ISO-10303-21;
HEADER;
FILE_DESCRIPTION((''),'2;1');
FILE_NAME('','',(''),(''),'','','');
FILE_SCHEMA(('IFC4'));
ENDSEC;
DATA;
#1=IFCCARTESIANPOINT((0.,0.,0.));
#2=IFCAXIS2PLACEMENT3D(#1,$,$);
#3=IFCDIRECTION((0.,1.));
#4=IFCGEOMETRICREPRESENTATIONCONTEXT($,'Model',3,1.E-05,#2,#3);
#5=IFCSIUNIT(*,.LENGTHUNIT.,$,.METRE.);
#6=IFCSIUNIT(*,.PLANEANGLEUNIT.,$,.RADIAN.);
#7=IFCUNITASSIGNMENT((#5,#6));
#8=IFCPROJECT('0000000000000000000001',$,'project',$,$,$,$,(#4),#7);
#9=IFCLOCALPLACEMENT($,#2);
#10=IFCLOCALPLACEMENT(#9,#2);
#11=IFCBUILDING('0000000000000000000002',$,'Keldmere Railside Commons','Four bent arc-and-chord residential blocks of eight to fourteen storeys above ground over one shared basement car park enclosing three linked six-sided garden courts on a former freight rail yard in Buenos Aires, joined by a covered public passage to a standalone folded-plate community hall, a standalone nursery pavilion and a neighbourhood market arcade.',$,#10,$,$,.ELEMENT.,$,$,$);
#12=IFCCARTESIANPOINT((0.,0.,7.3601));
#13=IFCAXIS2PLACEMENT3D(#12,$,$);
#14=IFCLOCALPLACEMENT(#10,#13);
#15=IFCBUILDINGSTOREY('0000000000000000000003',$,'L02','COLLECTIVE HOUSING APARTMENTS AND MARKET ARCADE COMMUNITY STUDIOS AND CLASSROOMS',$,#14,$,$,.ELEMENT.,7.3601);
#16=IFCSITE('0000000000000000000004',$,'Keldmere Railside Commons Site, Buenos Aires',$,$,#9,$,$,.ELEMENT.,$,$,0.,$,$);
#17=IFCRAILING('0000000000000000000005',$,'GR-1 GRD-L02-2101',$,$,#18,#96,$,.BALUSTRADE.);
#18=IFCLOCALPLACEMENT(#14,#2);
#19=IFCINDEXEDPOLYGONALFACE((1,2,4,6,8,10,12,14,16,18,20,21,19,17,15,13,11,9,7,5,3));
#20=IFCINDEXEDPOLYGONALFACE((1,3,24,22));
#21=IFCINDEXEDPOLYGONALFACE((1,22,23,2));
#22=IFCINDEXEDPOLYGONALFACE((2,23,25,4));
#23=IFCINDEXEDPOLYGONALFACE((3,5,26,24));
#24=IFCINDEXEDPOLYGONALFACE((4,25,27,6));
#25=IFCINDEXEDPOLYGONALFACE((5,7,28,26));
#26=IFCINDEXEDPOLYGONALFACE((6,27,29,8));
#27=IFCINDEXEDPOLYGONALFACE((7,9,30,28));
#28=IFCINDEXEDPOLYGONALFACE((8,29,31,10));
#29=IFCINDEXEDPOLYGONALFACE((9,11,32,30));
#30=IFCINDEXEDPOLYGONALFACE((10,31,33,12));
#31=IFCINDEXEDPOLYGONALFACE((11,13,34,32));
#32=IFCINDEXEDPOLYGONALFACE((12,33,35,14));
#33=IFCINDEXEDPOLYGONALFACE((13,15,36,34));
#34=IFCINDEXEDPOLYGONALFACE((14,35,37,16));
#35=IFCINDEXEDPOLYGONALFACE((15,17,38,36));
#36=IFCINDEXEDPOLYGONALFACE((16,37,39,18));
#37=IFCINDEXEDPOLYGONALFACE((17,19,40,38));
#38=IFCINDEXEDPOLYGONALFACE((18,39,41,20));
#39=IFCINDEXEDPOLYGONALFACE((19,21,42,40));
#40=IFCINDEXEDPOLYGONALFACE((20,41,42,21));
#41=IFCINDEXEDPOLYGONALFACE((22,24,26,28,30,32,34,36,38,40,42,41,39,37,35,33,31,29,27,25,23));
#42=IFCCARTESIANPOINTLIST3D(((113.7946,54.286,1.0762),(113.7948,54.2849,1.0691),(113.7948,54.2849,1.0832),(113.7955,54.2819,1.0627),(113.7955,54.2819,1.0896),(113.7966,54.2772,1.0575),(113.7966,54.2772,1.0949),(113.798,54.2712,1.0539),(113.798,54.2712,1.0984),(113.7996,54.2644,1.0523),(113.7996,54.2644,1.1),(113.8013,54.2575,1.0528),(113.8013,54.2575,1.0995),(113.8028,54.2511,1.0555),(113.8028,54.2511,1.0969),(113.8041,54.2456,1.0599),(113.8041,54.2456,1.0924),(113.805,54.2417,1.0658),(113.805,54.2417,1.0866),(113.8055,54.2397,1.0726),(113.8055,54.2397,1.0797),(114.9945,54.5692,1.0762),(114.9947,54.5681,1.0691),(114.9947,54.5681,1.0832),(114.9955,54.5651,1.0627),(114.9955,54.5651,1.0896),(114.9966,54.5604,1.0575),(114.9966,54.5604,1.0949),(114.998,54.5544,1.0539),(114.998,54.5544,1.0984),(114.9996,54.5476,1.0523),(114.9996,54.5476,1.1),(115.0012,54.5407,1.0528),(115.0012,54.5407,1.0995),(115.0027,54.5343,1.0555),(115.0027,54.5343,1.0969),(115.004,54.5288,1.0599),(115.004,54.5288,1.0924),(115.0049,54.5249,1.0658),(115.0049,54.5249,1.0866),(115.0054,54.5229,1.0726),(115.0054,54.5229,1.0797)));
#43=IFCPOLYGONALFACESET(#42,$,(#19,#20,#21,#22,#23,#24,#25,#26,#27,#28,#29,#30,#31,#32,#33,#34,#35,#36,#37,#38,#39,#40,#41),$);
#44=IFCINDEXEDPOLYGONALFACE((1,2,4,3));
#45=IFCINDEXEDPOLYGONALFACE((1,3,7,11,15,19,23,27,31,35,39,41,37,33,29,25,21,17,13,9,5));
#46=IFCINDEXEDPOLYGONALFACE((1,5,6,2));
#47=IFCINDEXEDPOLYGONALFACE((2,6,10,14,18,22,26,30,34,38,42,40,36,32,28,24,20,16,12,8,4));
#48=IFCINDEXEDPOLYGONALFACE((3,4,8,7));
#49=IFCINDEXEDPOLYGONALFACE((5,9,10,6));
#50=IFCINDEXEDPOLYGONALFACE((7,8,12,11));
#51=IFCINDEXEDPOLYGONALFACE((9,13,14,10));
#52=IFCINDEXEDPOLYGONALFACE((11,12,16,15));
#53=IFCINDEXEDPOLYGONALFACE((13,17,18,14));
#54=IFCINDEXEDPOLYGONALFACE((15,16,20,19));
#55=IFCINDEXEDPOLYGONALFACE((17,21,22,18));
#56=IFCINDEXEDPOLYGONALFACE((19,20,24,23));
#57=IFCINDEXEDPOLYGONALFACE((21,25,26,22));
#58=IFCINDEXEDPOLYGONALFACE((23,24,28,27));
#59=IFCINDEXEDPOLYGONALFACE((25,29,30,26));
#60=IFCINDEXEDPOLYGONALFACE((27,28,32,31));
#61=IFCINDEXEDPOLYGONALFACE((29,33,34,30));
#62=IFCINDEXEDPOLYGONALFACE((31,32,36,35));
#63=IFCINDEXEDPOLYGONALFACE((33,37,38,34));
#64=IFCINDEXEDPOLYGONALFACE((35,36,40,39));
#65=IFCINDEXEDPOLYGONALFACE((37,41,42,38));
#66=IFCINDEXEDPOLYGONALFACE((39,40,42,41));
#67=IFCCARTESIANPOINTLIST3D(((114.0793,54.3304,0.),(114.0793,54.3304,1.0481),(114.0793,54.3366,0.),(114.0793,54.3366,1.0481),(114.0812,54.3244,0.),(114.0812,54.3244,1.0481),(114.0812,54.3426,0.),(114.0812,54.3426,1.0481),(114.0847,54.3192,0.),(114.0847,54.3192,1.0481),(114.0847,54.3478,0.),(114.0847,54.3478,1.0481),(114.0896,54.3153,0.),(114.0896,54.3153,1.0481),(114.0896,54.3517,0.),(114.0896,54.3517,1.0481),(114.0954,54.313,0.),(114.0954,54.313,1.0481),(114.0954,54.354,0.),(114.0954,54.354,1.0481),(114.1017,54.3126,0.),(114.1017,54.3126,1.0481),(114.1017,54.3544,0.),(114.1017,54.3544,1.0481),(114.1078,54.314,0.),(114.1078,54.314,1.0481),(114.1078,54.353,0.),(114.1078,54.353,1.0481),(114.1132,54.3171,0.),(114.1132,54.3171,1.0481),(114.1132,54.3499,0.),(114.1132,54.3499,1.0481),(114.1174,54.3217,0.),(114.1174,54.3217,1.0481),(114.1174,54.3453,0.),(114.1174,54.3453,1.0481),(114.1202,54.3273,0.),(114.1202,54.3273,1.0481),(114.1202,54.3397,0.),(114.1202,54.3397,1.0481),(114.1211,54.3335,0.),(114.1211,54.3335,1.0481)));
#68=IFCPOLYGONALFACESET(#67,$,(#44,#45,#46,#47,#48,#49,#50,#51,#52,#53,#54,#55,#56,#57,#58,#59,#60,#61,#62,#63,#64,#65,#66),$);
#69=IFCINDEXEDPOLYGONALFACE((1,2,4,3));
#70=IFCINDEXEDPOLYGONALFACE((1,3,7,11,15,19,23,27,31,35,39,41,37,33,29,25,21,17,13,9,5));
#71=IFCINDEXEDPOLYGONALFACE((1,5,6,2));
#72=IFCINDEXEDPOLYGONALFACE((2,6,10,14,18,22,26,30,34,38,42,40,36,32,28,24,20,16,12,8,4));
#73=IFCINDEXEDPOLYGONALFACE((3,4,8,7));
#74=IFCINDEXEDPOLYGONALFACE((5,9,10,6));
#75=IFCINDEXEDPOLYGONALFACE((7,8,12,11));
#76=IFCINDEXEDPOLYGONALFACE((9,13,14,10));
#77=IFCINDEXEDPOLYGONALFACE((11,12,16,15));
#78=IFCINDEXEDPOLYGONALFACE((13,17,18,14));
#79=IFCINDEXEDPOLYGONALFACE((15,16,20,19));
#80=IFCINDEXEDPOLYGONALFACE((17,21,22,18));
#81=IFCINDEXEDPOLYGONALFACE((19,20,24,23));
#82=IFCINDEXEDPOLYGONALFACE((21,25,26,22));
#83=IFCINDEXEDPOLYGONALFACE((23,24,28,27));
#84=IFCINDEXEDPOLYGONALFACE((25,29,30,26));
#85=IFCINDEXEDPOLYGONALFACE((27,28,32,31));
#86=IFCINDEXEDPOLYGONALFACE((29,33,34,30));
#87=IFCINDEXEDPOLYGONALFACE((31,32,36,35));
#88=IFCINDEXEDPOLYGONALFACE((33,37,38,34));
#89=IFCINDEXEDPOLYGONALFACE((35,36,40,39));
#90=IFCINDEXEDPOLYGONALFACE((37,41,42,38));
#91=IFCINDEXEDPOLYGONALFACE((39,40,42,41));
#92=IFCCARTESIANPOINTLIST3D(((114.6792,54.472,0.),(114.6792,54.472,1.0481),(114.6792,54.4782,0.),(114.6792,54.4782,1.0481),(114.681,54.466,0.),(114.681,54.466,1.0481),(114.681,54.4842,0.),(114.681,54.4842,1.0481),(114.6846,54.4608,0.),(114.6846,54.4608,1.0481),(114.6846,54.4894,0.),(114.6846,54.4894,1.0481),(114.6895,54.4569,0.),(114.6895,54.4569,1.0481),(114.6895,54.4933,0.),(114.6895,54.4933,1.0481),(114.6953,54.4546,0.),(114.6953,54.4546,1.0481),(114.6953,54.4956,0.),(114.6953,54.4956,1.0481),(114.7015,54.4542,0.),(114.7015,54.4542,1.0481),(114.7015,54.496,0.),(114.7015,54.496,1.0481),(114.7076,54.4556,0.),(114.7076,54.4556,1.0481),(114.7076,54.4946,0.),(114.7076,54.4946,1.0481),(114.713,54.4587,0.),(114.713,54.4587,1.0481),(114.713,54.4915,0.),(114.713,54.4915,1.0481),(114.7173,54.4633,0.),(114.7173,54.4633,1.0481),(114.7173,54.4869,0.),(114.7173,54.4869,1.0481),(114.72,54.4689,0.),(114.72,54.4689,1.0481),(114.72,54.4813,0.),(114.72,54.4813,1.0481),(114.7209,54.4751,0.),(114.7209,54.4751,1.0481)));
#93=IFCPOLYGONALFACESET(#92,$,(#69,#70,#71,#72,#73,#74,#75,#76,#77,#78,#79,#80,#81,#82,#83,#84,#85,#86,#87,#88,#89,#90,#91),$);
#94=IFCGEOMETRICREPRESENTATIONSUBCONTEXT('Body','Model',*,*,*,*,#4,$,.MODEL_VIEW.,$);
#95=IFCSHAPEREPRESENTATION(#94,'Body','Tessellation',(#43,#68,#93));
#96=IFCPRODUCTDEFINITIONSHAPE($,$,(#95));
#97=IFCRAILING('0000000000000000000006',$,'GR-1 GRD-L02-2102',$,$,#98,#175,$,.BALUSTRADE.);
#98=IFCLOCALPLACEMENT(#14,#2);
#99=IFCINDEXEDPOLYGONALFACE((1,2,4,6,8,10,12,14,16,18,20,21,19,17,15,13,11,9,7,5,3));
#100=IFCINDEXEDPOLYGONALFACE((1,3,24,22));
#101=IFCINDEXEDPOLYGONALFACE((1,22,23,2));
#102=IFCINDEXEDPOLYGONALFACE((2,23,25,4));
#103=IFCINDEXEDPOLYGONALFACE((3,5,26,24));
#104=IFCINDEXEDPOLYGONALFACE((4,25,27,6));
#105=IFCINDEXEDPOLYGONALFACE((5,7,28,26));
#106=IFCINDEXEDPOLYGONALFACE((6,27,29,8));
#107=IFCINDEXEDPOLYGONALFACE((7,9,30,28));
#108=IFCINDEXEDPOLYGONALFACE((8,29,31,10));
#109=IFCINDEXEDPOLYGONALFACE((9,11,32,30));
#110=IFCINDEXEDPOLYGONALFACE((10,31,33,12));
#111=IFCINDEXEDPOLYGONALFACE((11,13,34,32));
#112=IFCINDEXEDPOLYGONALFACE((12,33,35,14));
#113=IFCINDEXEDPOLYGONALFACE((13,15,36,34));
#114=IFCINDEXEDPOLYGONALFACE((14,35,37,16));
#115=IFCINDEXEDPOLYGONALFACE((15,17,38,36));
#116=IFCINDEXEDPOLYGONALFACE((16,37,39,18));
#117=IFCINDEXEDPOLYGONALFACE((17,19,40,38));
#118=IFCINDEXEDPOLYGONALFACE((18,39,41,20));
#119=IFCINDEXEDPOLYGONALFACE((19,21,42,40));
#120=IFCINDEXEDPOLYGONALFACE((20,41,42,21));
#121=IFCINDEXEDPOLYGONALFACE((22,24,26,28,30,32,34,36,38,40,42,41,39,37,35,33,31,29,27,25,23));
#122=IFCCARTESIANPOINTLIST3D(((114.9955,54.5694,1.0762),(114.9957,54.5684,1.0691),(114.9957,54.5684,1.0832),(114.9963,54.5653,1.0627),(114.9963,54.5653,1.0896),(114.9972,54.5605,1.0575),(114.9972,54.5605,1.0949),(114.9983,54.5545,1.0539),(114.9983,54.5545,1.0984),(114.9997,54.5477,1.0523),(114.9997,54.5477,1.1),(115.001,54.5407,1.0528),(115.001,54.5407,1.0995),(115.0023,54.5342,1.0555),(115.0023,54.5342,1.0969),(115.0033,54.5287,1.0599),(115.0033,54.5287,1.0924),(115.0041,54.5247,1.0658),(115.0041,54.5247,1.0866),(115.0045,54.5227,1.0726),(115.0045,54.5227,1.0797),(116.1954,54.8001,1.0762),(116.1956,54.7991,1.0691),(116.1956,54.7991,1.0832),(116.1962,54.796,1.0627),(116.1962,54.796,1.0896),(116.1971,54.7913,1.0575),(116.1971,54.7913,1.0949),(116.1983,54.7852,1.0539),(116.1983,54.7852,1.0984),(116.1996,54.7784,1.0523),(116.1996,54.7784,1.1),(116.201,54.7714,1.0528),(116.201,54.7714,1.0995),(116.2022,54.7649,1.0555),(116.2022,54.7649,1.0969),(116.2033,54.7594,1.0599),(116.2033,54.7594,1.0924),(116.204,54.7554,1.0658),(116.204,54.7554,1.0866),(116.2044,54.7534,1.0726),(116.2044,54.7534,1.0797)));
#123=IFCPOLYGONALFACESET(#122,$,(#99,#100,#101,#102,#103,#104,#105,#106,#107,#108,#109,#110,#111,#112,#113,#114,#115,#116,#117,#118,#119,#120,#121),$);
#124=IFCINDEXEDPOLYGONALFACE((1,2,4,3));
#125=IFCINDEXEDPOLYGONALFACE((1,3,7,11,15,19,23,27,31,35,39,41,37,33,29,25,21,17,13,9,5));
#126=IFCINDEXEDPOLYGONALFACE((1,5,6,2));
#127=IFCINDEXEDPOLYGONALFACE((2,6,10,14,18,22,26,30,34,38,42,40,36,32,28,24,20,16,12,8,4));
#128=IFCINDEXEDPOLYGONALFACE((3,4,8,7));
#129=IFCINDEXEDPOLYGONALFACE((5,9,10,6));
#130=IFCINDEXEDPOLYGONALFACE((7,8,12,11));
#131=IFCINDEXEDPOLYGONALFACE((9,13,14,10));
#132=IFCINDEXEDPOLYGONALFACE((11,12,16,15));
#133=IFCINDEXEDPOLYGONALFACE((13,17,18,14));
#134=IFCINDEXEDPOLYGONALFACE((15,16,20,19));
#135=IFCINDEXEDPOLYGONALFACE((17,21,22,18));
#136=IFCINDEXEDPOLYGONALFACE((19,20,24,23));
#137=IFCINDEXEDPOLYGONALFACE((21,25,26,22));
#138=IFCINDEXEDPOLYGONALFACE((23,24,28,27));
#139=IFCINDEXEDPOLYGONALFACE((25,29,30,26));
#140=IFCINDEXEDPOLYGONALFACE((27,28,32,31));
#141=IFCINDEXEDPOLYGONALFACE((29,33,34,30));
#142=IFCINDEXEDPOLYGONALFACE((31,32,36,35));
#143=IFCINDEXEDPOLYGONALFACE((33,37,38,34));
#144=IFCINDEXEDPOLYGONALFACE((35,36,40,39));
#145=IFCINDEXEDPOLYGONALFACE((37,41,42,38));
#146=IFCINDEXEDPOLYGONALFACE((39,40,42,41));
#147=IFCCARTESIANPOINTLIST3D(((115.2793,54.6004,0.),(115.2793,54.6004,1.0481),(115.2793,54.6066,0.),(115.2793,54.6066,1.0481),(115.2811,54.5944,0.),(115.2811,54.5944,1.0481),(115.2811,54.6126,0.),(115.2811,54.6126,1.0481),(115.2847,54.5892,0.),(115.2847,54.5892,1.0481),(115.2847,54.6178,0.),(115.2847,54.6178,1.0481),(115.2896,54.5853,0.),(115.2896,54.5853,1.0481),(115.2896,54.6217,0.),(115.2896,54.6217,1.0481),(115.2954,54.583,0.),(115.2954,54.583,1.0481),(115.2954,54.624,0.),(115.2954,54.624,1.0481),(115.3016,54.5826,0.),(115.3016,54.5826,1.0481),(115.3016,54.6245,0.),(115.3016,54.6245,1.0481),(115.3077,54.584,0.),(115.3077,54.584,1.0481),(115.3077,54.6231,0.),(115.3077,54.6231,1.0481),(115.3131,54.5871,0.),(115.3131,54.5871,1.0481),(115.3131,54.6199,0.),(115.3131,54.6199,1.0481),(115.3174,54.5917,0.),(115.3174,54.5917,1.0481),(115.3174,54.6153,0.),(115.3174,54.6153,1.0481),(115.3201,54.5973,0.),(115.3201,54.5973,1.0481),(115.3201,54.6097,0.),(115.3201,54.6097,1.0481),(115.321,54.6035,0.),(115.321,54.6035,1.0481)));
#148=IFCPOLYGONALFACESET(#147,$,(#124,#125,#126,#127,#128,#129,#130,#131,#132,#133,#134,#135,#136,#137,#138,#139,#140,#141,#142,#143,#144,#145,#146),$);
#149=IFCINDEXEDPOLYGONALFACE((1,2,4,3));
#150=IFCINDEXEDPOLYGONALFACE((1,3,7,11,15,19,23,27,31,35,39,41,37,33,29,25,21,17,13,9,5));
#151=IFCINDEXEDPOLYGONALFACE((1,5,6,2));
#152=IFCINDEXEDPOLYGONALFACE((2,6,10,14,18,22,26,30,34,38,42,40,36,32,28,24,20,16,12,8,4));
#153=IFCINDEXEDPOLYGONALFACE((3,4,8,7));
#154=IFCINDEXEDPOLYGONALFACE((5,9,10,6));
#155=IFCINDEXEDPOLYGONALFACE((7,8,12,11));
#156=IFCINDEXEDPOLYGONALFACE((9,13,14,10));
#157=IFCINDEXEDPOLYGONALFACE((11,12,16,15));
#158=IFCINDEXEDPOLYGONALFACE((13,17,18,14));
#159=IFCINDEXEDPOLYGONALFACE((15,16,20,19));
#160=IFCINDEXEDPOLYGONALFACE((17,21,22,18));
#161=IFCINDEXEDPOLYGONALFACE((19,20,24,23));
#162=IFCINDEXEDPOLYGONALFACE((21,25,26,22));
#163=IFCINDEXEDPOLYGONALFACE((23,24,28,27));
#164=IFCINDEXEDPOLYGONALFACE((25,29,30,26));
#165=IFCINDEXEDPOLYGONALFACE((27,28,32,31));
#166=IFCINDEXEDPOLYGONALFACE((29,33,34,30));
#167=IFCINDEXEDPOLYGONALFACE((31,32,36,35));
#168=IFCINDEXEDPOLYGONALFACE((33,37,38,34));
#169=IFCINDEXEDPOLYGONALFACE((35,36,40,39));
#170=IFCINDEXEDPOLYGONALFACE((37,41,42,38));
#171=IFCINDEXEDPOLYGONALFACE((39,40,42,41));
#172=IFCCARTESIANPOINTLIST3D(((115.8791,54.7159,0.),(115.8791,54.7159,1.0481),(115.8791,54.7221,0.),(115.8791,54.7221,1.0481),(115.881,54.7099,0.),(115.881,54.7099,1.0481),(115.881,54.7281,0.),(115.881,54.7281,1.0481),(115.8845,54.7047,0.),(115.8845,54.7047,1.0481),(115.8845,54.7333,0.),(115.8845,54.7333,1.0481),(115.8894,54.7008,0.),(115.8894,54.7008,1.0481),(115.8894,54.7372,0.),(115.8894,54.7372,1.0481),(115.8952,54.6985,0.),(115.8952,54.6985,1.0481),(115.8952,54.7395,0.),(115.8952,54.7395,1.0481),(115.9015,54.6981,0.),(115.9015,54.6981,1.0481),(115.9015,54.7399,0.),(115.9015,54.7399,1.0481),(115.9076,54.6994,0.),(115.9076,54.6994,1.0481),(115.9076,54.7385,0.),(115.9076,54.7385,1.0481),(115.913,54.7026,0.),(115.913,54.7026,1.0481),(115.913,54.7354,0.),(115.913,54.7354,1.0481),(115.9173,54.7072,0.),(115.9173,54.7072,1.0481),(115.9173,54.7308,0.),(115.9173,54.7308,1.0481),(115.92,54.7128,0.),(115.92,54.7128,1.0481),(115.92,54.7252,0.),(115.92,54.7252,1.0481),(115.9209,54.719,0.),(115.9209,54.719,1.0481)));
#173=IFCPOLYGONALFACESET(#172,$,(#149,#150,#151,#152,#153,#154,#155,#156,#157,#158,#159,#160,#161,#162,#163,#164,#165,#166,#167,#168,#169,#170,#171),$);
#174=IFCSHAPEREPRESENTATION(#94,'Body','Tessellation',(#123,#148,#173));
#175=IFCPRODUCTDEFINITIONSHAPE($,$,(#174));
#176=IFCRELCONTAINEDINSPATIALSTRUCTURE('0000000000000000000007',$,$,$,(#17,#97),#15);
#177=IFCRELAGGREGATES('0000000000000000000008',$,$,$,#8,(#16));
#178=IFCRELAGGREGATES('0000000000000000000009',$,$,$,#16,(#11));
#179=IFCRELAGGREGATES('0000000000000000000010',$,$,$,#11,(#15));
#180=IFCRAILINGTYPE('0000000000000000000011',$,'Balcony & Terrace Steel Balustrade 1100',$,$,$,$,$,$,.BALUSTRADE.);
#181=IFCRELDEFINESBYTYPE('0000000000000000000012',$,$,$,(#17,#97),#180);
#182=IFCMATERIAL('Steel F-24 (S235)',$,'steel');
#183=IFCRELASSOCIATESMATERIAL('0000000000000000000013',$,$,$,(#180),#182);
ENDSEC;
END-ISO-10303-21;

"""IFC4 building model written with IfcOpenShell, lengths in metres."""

from ifc_helpers import new_model, si_unit, direction, frame, origin, origin_2d, place, context, subcontext, project, spatial, circle, extrude, material, type_object, element, save


model = new_model("IFC4")

# Units and contexts
model_context = context("Model", 3, precision=1e-05, world=origin(), true_north=direction((0.0, 1.0)))
body_context = subcontext(model_context, "Body", "Model", "MODEL_VIEW")
ifc_project = project(units=[si_unit("LENGTHUNIT", "METRE"), si_unit("PLANEANGLEUNIT", "RADIAN")], contexts=[model_context])

# Site, building, storey
site_placement = place(None, origin())
site = spatial("IfcSite", under=ifc_project, at=site_placement, Name="Keldmere Railside Commons Site, Buenos Aires", CompositionType="ELEMENT", RefElevation=0.0)
building_placement = place(site_placement, origin())
building = spatial("IfcBuilding", under=site, at=building_placement, Name="Keldmere Railside Commons", Description="Four bent arc-and-chord residential blocks of eight to fourteen storeys above ground over one shared basement car park enclosing three linked six-sided garden courts on a former freight rail yard in Buenos Aires, joined by a covered public passage to a standalone folded-plate community hall, a standalone nursery pavilion and a neighbourhood market arcade.", CompositionType="ELEMENT")
storey_placement = place(building_placement, frame((0.0, 0.0, 7.3601)))
storey = spatial("IfcBuildingStorey", under=building, at=storey_placement, Name="L02", Description="COLLECTIVE HOUSING APARTMENTS AND MARKET ARCADE COMMUNITY STUDIOS AND CLASSROOMS", CompositionType="ELEMENT", Elevation=7.3601)

# Shared definitions
ifc_material_1 = material(Name="Steel F-24 (S235)", Category="steel")

# Railings
railing_type = type_object("IfcRailingType", Name="Balcony & Terrace Steel Balustrade 1100", PredefinedType="BALUSTRADE", material=ifc_material_1)
railing_1_placement = place(storey_placement, frame((113.8, 54.2627, 0.0)))
element("IfcRailing", 1, at=railing_1_placement, inside=storey, type_object=railing_type, Name="GR-1 GRD-L02-2101", PredefinedType="BALUSTRADE", context=body_context, shape_type="SweptSolid", body=[
    extrude(circle(Radius=0.0239, at=origin_2d()), frame((0.0, 0.0, 1.0762), z_axis=(0.973261, 0.229702, 0.0), x_axis=(-0.229702, 0.973261, 0.0)), (0.0, 0.0, 1.0), 1.2329),
    extrude(circle(Radius=0.021, at=origin_2d()), frame((0.3, 0.0708, 0.0)), (0.0, 0.0, 1.0), 1.0481),
    extrude(circle(Radius=0.021, at=origin_2d()), frame((0.8999, 0.2124, 0.0)), (0.0, 0.0, 1.0), 1.0481),
])
railing_2_placement = place(storey_placement, frame((115.0, 54.5459, 0.0)))
element("IfcRailing", 2, at=railing_2_placement, inside=storey, type_object=railing_type, Name="GR-1 GRD-L02-2102", PredefinedType="BALUSTRADE", context=body_context, shape_type="SweptSolid", body=[
    extrude(circle(Radius=0.0239, at=origin_2d()), frame((0.0, 0.0, 1.0762), z_axis=(0.982014, 0.18881, 0.0), x_axis=(-0.18881, 0.982014, 0.0)), (0.0, 0.0, 1.0), 1.2219),
    extrude(circle(Radius=0.021, at=origin_2d()), frame((0.3, 0.0576, 0.0)), (0.0, 0.0, 1.0), 1.0481),
    extrude(circle(Radius=0.021, at=origin_2d()), frame((0.8999, 0.1731, 0.0)), (0.0, 0.0, 1.0), 1.0481),
])

save(model, "model.ifc")
